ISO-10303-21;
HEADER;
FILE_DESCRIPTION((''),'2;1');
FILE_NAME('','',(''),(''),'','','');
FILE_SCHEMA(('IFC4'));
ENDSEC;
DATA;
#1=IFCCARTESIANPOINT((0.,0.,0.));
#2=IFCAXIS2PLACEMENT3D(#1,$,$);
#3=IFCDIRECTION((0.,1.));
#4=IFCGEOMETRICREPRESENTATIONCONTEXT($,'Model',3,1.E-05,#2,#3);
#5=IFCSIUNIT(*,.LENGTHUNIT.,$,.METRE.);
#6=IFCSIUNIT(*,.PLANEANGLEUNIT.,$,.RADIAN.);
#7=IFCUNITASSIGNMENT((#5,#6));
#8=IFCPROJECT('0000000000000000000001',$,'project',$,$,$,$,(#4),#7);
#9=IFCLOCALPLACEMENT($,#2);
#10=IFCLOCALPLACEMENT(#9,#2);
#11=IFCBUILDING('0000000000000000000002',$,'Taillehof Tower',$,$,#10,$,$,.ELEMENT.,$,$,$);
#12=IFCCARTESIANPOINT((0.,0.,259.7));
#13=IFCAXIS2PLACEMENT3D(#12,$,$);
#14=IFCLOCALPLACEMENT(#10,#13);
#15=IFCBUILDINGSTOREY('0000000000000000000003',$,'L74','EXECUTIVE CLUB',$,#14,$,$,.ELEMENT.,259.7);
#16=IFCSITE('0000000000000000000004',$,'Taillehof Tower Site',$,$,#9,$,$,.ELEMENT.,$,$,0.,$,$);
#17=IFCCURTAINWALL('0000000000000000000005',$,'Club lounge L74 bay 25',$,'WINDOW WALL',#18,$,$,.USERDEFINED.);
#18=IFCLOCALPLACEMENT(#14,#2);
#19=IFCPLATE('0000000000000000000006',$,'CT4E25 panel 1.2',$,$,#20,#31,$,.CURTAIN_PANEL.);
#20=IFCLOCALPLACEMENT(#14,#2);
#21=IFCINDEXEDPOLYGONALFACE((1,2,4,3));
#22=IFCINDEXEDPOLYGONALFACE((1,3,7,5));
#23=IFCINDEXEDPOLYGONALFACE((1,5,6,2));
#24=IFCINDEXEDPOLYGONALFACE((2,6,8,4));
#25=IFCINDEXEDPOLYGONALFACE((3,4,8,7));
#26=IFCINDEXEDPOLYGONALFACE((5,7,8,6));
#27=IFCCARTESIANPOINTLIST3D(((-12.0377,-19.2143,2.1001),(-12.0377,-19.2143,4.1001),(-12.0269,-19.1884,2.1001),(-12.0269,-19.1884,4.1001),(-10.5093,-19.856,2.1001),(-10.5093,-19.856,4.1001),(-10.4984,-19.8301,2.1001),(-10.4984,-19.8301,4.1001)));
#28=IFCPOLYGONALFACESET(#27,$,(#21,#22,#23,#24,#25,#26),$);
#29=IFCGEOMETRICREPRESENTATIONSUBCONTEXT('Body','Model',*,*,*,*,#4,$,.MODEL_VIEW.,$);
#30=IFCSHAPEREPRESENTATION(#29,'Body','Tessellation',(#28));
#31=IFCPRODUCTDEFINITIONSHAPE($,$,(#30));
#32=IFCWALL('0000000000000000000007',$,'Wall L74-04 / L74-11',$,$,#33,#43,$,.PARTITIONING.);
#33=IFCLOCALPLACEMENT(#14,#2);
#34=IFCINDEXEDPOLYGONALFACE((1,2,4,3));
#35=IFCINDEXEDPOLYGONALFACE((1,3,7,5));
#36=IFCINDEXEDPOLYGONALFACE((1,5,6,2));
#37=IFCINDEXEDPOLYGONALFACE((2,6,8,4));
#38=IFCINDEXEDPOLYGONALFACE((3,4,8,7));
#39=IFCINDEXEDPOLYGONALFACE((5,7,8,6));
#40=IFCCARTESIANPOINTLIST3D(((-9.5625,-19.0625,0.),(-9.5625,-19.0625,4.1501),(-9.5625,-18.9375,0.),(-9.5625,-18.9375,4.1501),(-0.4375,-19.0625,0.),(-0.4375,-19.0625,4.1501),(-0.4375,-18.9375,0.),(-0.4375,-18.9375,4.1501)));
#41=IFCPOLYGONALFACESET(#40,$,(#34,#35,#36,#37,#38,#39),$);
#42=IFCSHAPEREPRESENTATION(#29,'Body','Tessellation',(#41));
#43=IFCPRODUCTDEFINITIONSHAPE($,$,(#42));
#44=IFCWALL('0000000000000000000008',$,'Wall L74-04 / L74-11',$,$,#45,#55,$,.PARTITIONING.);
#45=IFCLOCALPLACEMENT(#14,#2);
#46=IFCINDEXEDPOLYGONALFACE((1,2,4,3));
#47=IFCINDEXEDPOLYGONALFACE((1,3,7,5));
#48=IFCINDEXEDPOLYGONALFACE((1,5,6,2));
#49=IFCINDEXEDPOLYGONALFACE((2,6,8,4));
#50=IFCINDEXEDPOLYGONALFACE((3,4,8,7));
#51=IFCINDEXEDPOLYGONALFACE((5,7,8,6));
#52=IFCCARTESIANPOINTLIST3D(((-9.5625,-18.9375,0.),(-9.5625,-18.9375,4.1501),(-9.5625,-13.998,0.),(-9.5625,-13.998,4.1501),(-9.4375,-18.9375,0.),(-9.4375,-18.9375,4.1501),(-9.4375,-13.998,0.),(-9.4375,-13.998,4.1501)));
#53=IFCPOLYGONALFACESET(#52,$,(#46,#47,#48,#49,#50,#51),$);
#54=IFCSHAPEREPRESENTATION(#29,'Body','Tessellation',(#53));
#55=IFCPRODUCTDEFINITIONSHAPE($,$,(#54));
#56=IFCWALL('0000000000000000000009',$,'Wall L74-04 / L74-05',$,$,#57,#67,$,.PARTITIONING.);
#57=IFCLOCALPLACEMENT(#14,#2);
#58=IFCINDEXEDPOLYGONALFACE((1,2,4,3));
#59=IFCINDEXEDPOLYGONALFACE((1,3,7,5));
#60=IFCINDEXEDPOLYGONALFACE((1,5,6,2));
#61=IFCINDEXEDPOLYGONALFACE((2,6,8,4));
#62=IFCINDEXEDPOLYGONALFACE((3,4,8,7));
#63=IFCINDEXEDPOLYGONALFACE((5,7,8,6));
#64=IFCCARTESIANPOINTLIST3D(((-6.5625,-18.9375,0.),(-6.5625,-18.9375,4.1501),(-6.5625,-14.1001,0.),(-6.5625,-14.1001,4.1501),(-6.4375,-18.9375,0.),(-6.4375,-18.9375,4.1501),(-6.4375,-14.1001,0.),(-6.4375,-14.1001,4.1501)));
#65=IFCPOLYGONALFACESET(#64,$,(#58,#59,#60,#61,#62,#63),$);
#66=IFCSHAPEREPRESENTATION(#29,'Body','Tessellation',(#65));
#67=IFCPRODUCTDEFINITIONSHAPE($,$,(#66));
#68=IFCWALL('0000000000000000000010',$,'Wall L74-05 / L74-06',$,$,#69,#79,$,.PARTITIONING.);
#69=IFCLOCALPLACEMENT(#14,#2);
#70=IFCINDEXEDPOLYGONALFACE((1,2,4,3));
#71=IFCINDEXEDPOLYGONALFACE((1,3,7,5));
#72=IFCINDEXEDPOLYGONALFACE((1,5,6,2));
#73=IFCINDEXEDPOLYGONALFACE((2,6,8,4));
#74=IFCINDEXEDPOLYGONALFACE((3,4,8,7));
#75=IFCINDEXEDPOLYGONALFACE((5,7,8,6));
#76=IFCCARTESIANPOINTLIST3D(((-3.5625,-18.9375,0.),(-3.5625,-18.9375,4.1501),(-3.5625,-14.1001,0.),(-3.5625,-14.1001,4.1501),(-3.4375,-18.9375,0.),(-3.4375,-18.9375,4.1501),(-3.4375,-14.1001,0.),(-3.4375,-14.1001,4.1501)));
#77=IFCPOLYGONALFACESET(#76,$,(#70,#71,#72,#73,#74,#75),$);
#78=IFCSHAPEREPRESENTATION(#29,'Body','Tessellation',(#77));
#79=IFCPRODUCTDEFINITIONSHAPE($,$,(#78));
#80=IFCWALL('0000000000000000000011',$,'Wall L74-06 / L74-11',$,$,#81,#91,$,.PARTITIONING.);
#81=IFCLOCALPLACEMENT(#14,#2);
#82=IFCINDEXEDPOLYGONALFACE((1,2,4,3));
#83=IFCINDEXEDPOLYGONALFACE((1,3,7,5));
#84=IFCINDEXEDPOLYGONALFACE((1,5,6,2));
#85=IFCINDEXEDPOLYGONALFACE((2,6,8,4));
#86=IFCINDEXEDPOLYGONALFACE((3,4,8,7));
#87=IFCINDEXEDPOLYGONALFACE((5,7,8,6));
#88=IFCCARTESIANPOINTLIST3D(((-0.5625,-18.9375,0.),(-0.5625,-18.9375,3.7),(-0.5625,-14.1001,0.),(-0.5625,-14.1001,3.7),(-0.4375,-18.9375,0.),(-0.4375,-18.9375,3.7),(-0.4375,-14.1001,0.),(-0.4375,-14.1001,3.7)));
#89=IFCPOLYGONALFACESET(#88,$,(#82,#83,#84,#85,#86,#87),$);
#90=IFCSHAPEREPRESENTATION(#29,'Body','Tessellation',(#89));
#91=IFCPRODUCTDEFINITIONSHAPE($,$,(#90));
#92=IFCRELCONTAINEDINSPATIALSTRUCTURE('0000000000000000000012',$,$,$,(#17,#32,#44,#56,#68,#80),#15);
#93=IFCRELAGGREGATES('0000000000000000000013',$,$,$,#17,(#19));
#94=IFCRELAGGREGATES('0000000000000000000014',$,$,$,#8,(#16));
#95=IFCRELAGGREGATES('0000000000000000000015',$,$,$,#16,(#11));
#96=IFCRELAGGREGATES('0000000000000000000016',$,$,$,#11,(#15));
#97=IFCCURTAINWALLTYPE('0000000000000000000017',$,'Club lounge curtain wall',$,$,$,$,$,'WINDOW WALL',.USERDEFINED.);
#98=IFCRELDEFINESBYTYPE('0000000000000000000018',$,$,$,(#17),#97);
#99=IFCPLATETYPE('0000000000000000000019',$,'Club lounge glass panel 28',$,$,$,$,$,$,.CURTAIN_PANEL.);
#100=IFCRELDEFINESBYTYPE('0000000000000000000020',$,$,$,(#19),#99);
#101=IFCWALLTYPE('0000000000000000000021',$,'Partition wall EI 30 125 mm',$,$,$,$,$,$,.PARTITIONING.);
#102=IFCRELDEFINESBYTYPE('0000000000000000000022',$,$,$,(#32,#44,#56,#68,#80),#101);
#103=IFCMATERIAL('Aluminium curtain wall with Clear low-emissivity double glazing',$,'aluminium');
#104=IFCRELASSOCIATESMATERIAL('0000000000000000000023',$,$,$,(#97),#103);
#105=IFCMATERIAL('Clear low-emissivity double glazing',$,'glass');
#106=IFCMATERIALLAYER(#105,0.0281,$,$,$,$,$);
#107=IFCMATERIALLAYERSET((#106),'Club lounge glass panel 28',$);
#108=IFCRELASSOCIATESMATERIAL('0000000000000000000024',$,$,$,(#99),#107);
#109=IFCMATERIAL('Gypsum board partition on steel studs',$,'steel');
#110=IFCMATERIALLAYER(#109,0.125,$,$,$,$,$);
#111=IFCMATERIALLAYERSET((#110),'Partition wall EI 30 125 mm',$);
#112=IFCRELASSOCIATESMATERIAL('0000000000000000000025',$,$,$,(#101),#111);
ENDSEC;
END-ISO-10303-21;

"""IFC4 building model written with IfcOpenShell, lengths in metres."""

from ifc_helpers import new_model, si_unit, direction, frame, frame_2d, origin, origin_2d, place, context, subcontext, project, spatial, rectangle, extrude, material, layer, layer_set, type_object, element, aggregate, save


model = new_model("IFC4")

# Units and contexts
model_context = context("Model", 3, precision=1e-05, world=origin(), true_north=direction((0.0, 1.0)))
body_context = subcontext(model_context, "Body", "Model", "MODEL_VIEW")
ifc_project = project(units=[si_unit("LENGTHUNIT", "METRE"), si_unit("PLANEANGLEUNIT", "RADIAN")], contexts=[model_context])

# Site, building, storey
site_placement = place(None, origin())
site = spatial("IfcSite", under=ifc_project, at=site_placement, Name="Taillehof Tower Site", CompositionType="ELEMENT", RefElevation=0.0)
building_placement = place(site_placement, origin())
building = spatial("IfcBuilding", under=site, at=building_placement, Name="Taillehof Tower", CompositionType="ELEMENT")
storey_placement = place(building_placement, frame((0.0, 0.0, 259.7)))
storey = spatial("IfcBuildingStorey", under=building, at=storey_placement, Name="L74", Description="EXECUTIVE CLUB", CompositionType="ELEMENT", Elevation=259.7)

# Shared definitions
ifc_material_1 = material(Name="Aluminium curtain wall with Clear low-emissivity double glazing", Category="aluminium")
curtain_wall_type = type_object("IfcCurtainWallType", Name="Club lounge curtain wall", ElementType="WINDOW WALL", PredefinedType="USERDEFINED", material=ifc_material_1)

# Curtain wall
curtain_wall_1_placement = place(storey_placement, origin())
curtain_wall_1 = element("IfcCurtainWall", 1, at=curtain_wall_1_placement, inside=storey, type_object=curtain_wall_type, Name="Club lounge L74 bay 25", ObjectType="WINDOW WALL", PredefinedType="USERDEFINED")

# Plate
ifc_material_2 = material(Name="Clear low-emissivity double glazing", Category="glass")
ifc_layer_1 = layer(ifc_material_2, 0.0281)
ifc_layer_set_1 = layer_set([ifc_layer_1], Name="Club lounge glass panel 28")
plate_type = type_object("IfcPlateType", Name="Club lounge glass panel 28", PredefinedType="CURTAIN_PANEL", material=ifc_layer_set_1)
plate_1_placement = place(storey_placement, frame((-11.2681, -19.5222, 2.1001), z_axis=(0.0, 0.0, 1.0), x_axis=(0.922037, -0.387101, 0.0)))
plate_1 = element("IfcPlate", 2, at=plate_1_placement, type_object=plate_type, Name="CT4E25 panel 1.2", PredefinedType="CURTAIN_PANEL", context=body_context, shape_type="SweptSolid", body=[
    extrude(rectangle(XDim=1.6577, YDim=0.0281, at=origin_2d()), origin(), (0.0, 0.0, 1.0), 2.0),
])
aggregate(curtain_wall_1, [plate_1])

# Walls
ifc_material_3 = material(Name="Gypsum board partition on steel studs", Category="steel")
ifc_layer_2 = layer(ifc_material_3, 0.125)
ifc_layer_set_2 = layer_set([ifc_layer_2], Name="Partition wall EI 30 125 mm")
wall_type = type_object("IfcWallType", Name="Partition wall EI 30 125 mm", PredefinedType="PARTITIONING", material=ifc_layer_set_2)
wall_1_placement = place(storey_placement, frame((-9.5625, -19.0, 0.0), z_axis=(0.0, 0.0, 1.0), x_axis=(1.0, 0.0, 0.0)))
element("IfcWall", 3, at=wall_1_placement, inside=storey, type_object=wall_type, Name="Wall L74-04 / L74-11", PredefinedType="PARTITIONING", context=body_context, shape_type="SweptSolid", body=[
    extrude(rectangle(XDim=9.125, YDim=0.125, at=frame_2d((4.5625, 0.0))), origin(), (0.0, 0.0, 1.0), 4.1501),
])
wall_2_placement = place(storey_placement, frame((-9.5, -18.9375, 0.0), z_axis=(0.0, 0.0, 1.0), x_axis=(0.0, 1.0, 0.0)))
element("IfcWall", 4, at=wall_2_placement, inside=storey, type_object=wall_type, Name="Wall L74-04 / L74-11", PredefinedType="PARTITIONING", context=body_context, shape_type="SweptSolid", body=[
    extrude(rectangle(XDim=4.9395, YDim=0.125, at=frame_2d((2.4697, 0.0))), origin(), (0.0, 0.0, 1.0), 4.1501),
])
for number, where, z_axis, x_axis, name in (
    (5, (-6.5, -18.9375, 0.0), (0.0, 0.0, 1.0), (0.0, 1.0, 0.0), "Wall L74-04 / L74-05"),
    (6, (-3.5, -18.9375, 0.0), (0.0, 0.0, 1.0), (0.0, 1.0, 0.0), "Wall L74-05 / L74-06"),
):
    element("IfcWall", number, at=place(storey_placement, frame(where, z_axis=z_axis, x_axis=x_axis)), inside=storey, type_object=wall_type, Name=name, PredefinedType="PARTITIONING", context=body_context, shape_type="SweptSolid", body=[
        extrude(rectangle(XDim=4.8374, YDim=0.125, at=frame_2d((2.4187, 0.0))), origin(), (0.0, 0.0, 1.0), 4.1501),
    ])
wall_3_placement = place(storey_placement, frame((-0.5, -18.9375, 0.0), z_axis=(0.0, 0.0, 1.0), x_axis=(0.0, 1.0, 0.0)))
element("IfcWall", 7, at=wall_3_placement, inside=storey, type_object=wall_type, Name="Wall L74-06 / L74-11", PredefinedType="PARTITIONING", context=body_context, shape_type="SweptSolid", body=[
    extrude(rectangle(XDim=4.8374, YDim=0.125, at=frame_2d((2.4187, 0.0))), origin(), (0.0, 0.0, 1.0), 3.7),
])

save(model, "model.ifc")
